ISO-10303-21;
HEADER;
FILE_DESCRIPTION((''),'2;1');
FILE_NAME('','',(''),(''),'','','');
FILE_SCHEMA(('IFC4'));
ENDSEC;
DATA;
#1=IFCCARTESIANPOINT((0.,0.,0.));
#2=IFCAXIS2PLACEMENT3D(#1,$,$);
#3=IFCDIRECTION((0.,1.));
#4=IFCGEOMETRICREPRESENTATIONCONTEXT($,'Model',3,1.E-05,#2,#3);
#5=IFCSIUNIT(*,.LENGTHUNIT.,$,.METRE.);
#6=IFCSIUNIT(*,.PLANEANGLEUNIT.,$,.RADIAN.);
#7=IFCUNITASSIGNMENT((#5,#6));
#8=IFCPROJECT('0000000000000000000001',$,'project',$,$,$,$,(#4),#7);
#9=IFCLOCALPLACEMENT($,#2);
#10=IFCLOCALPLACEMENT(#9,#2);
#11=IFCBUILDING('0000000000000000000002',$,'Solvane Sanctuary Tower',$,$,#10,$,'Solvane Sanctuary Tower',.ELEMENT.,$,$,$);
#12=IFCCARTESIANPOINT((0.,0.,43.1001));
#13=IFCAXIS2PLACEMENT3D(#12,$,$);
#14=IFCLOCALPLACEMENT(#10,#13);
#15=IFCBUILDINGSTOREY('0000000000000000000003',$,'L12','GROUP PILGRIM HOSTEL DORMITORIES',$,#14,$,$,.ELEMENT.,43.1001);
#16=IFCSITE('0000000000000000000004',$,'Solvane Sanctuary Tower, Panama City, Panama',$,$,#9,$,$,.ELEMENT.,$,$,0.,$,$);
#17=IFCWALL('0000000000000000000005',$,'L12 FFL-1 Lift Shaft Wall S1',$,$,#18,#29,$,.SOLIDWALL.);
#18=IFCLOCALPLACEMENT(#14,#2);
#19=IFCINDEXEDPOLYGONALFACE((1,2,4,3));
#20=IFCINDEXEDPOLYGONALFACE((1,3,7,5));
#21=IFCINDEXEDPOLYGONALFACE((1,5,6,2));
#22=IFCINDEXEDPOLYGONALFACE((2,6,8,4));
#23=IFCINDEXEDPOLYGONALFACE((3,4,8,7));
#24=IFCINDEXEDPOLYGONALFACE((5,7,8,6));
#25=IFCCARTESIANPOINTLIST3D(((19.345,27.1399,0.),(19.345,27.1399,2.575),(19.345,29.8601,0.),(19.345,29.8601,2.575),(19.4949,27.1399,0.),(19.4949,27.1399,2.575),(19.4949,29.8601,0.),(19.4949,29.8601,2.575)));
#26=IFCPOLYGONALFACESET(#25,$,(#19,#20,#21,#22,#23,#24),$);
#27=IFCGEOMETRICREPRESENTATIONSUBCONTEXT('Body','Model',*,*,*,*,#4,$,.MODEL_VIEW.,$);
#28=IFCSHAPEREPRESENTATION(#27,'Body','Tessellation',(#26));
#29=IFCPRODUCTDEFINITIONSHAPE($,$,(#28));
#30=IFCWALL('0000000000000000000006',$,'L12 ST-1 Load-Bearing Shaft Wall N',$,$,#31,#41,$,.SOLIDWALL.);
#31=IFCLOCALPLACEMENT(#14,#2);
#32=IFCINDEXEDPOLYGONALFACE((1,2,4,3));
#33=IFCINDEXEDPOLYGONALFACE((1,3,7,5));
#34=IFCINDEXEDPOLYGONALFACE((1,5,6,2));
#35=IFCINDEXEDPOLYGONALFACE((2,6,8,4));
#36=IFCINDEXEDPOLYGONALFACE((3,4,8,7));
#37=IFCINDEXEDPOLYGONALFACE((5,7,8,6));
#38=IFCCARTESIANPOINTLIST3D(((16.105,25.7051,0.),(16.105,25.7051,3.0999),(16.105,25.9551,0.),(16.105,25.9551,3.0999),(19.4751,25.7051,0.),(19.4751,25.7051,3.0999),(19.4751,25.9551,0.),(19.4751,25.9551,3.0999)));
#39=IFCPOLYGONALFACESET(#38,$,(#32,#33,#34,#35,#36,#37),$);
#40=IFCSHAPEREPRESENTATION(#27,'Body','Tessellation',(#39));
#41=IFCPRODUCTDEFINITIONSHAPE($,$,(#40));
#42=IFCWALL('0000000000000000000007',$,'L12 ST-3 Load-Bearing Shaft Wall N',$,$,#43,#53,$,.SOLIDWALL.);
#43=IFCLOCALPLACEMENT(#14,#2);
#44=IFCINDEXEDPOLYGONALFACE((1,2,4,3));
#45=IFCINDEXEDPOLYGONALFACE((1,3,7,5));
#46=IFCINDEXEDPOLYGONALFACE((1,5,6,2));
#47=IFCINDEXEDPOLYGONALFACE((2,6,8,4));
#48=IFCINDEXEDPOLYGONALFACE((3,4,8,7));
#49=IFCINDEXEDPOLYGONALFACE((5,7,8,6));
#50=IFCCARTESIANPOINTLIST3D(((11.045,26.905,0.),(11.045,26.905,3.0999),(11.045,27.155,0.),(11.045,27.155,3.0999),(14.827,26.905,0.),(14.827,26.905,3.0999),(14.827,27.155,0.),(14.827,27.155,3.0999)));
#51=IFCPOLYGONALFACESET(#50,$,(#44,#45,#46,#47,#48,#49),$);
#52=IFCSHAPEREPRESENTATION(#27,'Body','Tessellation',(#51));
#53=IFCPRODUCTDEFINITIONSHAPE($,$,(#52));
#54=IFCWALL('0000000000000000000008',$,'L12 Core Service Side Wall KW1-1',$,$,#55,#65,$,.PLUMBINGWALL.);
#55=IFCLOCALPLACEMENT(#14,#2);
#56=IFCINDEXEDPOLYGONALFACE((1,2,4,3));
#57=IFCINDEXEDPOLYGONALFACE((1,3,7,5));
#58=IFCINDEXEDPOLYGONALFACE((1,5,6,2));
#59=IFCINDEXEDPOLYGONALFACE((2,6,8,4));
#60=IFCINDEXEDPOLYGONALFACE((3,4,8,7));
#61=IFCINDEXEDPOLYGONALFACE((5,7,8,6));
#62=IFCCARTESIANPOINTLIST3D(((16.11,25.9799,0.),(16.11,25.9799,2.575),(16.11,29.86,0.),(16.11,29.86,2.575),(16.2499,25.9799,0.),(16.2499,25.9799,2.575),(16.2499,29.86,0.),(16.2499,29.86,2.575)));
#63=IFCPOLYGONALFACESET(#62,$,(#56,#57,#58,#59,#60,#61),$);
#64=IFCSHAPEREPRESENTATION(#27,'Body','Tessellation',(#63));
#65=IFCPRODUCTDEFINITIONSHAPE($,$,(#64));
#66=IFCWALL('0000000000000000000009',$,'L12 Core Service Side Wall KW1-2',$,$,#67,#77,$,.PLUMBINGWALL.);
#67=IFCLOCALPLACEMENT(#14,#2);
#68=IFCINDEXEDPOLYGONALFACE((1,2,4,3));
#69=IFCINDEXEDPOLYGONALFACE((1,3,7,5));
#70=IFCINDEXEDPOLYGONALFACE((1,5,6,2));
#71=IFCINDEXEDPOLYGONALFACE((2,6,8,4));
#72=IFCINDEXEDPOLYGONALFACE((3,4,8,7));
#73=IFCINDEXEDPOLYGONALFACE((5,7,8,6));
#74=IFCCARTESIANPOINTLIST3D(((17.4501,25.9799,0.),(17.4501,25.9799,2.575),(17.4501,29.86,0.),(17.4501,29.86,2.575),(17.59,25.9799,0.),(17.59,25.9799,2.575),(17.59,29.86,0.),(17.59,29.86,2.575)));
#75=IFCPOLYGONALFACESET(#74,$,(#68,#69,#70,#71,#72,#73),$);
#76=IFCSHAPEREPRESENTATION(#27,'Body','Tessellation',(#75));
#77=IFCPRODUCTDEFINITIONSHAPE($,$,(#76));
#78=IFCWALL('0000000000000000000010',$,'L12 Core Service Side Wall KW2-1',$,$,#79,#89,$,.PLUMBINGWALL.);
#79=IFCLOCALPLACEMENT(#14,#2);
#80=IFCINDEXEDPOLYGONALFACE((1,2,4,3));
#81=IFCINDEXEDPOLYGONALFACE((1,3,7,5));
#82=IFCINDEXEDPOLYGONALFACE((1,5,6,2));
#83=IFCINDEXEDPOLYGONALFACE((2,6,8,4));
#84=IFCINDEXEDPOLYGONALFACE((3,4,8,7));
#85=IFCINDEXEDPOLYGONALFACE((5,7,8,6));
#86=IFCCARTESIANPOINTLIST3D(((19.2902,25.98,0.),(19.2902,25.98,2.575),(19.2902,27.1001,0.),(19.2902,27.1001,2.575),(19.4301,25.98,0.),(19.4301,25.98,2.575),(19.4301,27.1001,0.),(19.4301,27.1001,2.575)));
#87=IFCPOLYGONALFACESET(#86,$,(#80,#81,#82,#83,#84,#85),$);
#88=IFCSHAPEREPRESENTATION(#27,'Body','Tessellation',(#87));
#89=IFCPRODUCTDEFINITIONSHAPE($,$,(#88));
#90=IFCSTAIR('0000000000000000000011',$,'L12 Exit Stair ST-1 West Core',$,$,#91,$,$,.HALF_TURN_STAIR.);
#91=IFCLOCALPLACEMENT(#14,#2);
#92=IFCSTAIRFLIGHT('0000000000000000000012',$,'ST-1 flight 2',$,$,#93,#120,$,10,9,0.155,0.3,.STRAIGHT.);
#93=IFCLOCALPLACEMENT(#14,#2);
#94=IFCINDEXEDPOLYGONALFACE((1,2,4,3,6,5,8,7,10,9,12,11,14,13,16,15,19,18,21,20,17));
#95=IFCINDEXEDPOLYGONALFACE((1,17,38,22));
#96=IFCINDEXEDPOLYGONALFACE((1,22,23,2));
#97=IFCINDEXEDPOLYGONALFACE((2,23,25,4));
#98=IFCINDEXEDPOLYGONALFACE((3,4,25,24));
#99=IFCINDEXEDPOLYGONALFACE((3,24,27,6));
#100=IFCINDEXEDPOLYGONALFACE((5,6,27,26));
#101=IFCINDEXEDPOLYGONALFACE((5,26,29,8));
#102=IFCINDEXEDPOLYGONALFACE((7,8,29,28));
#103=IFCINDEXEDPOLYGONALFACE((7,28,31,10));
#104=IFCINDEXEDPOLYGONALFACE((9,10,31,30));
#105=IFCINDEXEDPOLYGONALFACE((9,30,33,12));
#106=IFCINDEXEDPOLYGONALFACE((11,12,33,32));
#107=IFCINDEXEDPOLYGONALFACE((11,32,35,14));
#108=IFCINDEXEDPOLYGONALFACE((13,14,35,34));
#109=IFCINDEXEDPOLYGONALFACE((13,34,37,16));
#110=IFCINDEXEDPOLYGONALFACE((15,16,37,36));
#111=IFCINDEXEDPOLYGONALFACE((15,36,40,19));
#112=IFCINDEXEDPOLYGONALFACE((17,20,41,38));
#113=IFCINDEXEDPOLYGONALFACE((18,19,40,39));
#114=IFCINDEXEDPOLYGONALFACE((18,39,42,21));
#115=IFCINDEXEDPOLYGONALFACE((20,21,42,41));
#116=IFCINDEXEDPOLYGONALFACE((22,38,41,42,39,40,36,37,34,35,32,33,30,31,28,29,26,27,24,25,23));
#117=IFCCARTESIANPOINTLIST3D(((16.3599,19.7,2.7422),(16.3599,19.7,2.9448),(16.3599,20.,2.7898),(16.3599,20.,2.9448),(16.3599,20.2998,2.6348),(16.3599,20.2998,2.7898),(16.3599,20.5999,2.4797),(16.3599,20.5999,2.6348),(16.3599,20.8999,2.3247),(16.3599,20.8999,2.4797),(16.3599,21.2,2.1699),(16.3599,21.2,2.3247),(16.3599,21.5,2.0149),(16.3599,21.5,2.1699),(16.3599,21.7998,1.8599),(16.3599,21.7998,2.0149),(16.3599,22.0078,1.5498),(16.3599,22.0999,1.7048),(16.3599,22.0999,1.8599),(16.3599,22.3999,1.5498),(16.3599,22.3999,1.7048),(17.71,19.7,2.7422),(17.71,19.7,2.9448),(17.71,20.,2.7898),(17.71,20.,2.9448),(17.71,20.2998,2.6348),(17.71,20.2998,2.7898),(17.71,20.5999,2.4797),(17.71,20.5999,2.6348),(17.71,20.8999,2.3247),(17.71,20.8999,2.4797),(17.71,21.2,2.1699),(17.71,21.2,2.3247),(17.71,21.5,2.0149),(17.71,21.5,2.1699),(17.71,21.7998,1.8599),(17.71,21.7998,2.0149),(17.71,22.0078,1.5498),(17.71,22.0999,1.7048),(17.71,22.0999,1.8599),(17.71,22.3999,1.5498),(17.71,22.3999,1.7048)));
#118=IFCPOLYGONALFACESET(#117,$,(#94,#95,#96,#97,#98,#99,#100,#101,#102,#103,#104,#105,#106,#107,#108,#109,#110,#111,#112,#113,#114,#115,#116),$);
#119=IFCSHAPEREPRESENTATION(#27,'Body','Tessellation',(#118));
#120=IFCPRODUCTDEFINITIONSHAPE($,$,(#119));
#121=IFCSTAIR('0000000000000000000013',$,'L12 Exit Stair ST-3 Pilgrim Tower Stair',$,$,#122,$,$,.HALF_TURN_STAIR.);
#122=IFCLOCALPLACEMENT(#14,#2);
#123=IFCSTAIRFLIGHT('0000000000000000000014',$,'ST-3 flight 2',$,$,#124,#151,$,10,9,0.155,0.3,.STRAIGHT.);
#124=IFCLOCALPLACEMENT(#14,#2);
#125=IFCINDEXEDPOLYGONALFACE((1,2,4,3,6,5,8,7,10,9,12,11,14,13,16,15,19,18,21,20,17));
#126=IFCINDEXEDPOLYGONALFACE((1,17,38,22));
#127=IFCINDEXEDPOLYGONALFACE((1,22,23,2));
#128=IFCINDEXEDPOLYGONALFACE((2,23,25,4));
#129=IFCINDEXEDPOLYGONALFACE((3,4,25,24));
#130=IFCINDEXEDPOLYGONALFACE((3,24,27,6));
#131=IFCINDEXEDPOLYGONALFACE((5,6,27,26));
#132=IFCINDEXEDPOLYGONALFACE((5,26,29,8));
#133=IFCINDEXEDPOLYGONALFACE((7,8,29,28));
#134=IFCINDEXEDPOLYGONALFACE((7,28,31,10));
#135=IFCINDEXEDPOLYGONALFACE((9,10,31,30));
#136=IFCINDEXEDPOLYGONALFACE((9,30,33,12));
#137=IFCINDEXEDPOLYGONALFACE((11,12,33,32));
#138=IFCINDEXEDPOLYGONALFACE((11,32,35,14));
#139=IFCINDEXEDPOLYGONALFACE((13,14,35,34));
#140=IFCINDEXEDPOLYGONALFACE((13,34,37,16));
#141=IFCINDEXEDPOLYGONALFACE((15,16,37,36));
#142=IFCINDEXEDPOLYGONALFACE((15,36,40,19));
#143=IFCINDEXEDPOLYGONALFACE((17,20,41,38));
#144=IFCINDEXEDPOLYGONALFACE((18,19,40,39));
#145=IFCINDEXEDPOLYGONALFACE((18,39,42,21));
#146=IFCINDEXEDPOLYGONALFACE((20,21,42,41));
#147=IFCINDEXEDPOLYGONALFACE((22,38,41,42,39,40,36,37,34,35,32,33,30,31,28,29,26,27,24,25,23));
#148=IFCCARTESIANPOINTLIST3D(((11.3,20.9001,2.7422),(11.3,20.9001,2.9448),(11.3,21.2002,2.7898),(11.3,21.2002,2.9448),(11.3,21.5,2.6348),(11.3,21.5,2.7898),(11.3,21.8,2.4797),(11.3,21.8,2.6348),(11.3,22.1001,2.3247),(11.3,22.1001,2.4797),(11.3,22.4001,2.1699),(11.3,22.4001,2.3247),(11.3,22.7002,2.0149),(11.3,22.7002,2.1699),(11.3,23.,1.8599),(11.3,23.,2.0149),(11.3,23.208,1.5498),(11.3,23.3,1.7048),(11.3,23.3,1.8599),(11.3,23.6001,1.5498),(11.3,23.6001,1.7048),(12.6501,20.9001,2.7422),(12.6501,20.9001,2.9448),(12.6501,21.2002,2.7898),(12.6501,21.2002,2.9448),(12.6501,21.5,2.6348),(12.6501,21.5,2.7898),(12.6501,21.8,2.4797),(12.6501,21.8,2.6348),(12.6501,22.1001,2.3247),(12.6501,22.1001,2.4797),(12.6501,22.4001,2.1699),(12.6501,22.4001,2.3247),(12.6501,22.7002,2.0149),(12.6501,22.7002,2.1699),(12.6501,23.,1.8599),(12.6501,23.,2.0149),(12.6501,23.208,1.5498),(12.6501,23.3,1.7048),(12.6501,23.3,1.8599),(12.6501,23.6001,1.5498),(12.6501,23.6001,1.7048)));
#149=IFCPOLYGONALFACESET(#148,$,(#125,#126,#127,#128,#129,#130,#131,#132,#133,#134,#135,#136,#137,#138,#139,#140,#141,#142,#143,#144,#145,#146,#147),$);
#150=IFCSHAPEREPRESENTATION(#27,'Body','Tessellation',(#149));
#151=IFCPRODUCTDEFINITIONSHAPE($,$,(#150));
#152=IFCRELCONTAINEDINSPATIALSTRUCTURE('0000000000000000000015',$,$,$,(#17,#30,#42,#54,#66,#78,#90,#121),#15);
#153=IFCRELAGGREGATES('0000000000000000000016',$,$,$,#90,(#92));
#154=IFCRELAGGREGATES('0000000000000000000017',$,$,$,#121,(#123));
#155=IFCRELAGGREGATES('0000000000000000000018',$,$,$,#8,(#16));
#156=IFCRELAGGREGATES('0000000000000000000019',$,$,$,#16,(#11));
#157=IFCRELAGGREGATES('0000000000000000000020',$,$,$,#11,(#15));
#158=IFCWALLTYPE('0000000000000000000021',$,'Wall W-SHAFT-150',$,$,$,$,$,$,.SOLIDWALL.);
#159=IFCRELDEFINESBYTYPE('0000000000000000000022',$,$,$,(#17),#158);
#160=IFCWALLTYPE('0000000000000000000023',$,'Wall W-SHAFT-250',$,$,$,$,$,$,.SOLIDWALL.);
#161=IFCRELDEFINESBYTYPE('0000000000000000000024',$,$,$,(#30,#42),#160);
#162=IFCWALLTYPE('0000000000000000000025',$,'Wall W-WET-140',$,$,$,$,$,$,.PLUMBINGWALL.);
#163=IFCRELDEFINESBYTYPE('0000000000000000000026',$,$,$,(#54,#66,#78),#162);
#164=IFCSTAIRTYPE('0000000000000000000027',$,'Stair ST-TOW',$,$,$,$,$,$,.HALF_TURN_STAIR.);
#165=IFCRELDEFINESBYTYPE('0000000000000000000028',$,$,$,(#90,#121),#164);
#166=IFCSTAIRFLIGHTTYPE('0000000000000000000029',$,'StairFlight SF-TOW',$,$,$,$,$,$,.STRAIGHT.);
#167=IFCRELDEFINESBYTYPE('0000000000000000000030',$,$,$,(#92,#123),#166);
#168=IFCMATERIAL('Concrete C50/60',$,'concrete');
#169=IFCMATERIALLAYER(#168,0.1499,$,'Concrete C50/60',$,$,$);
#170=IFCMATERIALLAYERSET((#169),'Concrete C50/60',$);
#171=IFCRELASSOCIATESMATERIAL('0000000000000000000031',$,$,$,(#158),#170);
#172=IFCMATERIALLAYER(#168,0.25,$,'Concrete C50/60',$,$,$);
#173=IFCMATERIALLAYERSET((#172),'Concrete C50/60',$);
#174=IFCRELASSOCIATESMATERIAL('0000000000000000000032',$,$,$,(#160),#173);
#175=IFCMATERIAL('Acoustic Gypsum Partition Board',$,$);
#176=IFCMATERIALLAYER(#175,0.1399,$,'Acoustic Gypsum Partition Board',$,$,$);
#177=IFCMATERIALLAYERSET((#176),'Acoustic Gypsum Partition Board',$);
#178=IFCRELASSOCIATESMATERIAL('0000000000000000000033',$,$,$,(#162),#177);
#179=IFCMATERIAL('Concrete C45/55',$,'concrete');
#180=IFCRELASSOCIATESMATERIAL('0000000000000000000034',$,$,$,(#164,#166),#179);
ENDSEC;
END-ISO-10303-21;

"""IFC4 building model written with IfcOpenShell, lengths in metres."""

from ifc_helpers import new_model, si_unit, direction, frame, frame_2d, origin, place, context, subcontext, project, spatial, polyline, rectangle, outline, extrude, material, layer, layer_set, type_object, element, aggregate, save


model = new_model("IFC4")

# Units and contexts
model_context = context("Model", 3, precision=1e-05, world=origin(), true_north=direction((0.0, 1.0)))
body_context = subcontext(model_context, "Body", "Model", "MODEL_VIEW")
ifc_project = project(units=[si_unit("LENGTHUNIT", "METRE"), si_unit("PLANEANGLEUNIT", "RADIAN")], contexts=[model_context])

# Site, building, storey
site_placement = place(None, origin())
site = spatial("IfcSite", under=ifc_project, at=site_placement, Name="Solvane Sanctuary Tower, Panama City, Panama", CompositionType="ELEMENT", RefElevation=0.0)
building_placement = place(site_placement, origin())
building = spatial("IfcBuilding", under=site, at=building_placement, Name="Solvane Sanctuary Tower", LongName="Solvane Sanctuary Tower", CompositionType="ELEMENT")
storey_placement = place(building_placement, frame((0.0, 0.0, 43.1001)))
storey = spatial("IfcBuildingStorey", under=building, at=storey_placement, Name="L12", Description="GROUP PILGRIM HOSTEL DORMITORIES", CompositionType="ELEMENT", Elevation=43.1001)

# Shared definitions
ifc_material_1 = material(Name="Acoustic Gypsum Partition Board")

# Shared definitions
ifc_material_2 = material(Name="Concrete C50/60", Category="concrete")
ifc_layer_1 = layer(ifc_material_2, 0.1499, Name="Concrete C50/60")
ifc_layer_set_1 = layer_set([ifc_layer_1], Name="Concrete C50/60")
wall_type_1 = type_object("IfcWallType", Name="Wall W-SHAFT-150", PredefinedType="SOLIDWALL", material=ifc_layer_set_1)

# Walls
wall_1_placement = place(storey_placement, frame((19.4199, 27.1399, 0.0), z_axis=(0.0, 0.0, 1.0), x_axis=(0.0, 1.0, 0.0)))
element("IfcWall", 1, at=wall_1_placement, inside=storey, type_object=wall_type_1, Name="L12 FFL-1 Lift Shaft Wall S1", PredefinedType="SOLIDWALL", context=body_context, shape_type="SweptSolid", body=[
    extrude(rectangle(XDim=2.7202, YDim=0.1499, at=frame_2d((1.3601, 0.0))), origin(), (0.0, 0.0, 1.0), 2.575),
])
ifc_layer_2 = layer(ifc_material_2, 0.25, Name="Concrete C50/60")
ifc_layer_set_2 = layer_set([ifc_layer_2], Name="Concrete C50/60")
wall_type_2 = type_object("IfcWallType", Name="Wall W-SHAFT-250", PredefinedType="SOLIDWALL", material=ifc_layer_set_2)
wall_2_placement = place(storey_placement, frame((16.105, 25.8301, 0.0), z_axis=(0.0, 0.0, 1.0), x_axis=(1.0, 0.0, 0.0)))
element("IfcWall", 2, at=wall_2_placement, inside=storey, type_object=wall_type_2, Name="L12 ST-1 Load-Bearing Shaft Wall N", PredefinedType="SOLIDWALL", context=body_context, shape_type="SweptSolid", body=[
    extrude(rectangle(XDim=3.3701, YDim=0.25, at=frame_2d((1.6851, 0.0))), origin(), (0.0, 0.0, 1.0), 3.0999),
])
wall_3_placement = place(storey_placement, frame((11.0449, 27.03, 0.0), z_axis=(0.0, 0.0, 1.0), x_axis=(1.0, 0.0, 0.0)))
element("IfcWall", 3, at=wall_3_placement, inside=storey, type_object=wall_type_2, Name="L12 ST-3 Load-Bearing Shaft Wall N", PredefinedType="SOLIDWALL", context=body_context, shape_type="SweptSolid", body=[
    extrude(rectangle(XDim=3.782, YDim=0.25, at=frame_2d((1.8911, 0.0))), origin(), (0.0, 0.0, 1.0), 3.0999),
])
ifc_layer_3 = layer(ifc_material_1, 0.1399, Name="Acoustic Gypsum Partition Board")
ifc_layer_set_3 = layer_set([ifc_layer_3], Name="Acoustic Gypsum Partition Board")
wall_type_3 = type_object("IfcWallType", Name="Wall W-WET-140", PredefinedType="PLUMBINGWALL", material=ifc_layer_set_3)
for number, where, z_axis, x_axis, name in (
    (4, (16.1799, 25.98, 0.0), (0.0, 0.0, 1.0), (0.0, 1.0, 0.0), "L12 Core Service Side Wall KW1-1"),
    (5, (17.52, 25.98, 0.0), (0.0, 0.0, 1.0), (0.0, 1.0, 0.0), "L12 Core Service Side Wall KW1-2"),
):
    element("IfcWall", number, at=place(storey_placement, frame(where, z_axis=z_axis, x_axis=x_axis)), inside=storey, type_object=wall_type_3, Name=name, PredefinedType="PLUMBINGWALL", context=body_context, shape_type="SweptSolid", body=[
        extrude(rectangle(XDim=3.8801, YDim=0.1399, at=frame_2d((1.9399, 0.0))), origin(), (0.0, 0.0, 1.0), 2.575),
    ])
wall_4_placement = place(storey_placement, frame((19.3601, 25.98, 0.0), z_axis=(0.0, 0.0, 1.0), x_axis=(0.0, 1.0, 0.0)))
element("IfcWall", 6, at=wall_4_placement, inside=storey, type_object=wall_type_3, Name="L12 Core Service Side Wall KW2-1", PredefinedType="PLUMBINGWALL", context=body_context, shape_type="SweptSolid", body=[
    extrude(rectangle(XDim=1.1201, YDim=0.1399, at=frame_2d((0.5601, 0.0))), origin(), (0.0, 0.0, 1.0), 2.575),
])

# Stairs, stair flights
ifc_material_3 = material(Name="Concrete C45/55", Category="concrete")
stair_type = type_object("IfcStairType", Name="Stair ST-TOW", PredefinedType="HALF_TURN_STAIR", material=ifc_material_3)
stair_1_placement = place(storey_placement, origin())
stair_1 = element("IfcStair", 7, at=stair_1_placement, inside=storey, type_object=stair_type, Name="L12 Exit Stair ST-1 West Core", PredefinedType="HALF_TURN_STAIR")
stair_flight_type = type_object("IfcStairFlightType", Name="StairFlight SF-TOW", PredefinedType="STRAIGHT", material=ifc_material_3)
stair_flight_1_placement = place(storey_placement, frame((17.0349, 22.3999, 1.5498), z_axis=(0.0, 0.0, 1.0), x_axis=(0.0, -1.0, 0.0)))
stair_flight_1 = element("IfcStairFlight", 8, at=stair_flight_1_placement, type_object=stair_flight_type, Name="ST-1 flight 2", NumberOfRisers=10, NumberOfTreads=9, PredefinedType="STRAIGHT", RiserHeight=0.155, TreadLength=0.3, context=body_context, shape_type="SweptSolid", body=[
    extrude(outline(polyline([(0.0, 0.0), (0.0, 0.155), (0.3, 0.155), (0.3, 0.3101), (0.6001, 0.3101), (0.6001, 0.4651), (0.8999, 0.4651), (0.8999, 0.6201), (1.2, 0.6201), (1.2, 0.7749), (1.5, 0.7749), (1.5, 0.9299), (1.8, 0.9299), (1.8, 1.085), (2.1001, 1.085), (2.1001, 1.24), (2.3999, 1.24), (2.3999, 1.395), (2.7, 1.395), (2.7, 1.55), (2.7, 1.1924), (0.3921, 0.0), (0.0, 0.0)])), frame((0.0, 0.675, 0.0), z_axis=(0.0, -1.0, 0.0), x_axis=(1.0, 0.0, 0.0)), (0.0, 0.0, 1.0), 1.3501),
])
aggregate(stair_1, [stair_flight_1])
stair_2_placement = place(storey_placement, origin())
stair_2 = element("IfcStair", 9, at=stair_2_placement, inside=storey, type_object=stair_type, Name="L12 Exit Stair ST-3 Pilgrim Tower Stair", PredefinedType="HALF_TURN_STAIR")
stair_flight_2_placement = place(storey_placement, frame((11.9751, 23.6001, 1.5498), z_axis=(0.0, 0.0, 1.0), x_axis=(0.0, -1.0, 0.0)))
stair_flight_2 = element("IfcStairFlight", 10, at=stair_flight_2_placement, type_object=stair_flight_type, Name="ST-3 flight 2", NumberOfRisers=10, NumberOfTreads=9, PredefinedType="STRAIGHT", RiserHeight=0.155, TreadLength=0.3, context=body_context, shape_type="SweptSolid", body=[
    extrude(outline(polyline([(0.0, 0.0), (0.0, 0.155), (0.3, 0.155), (0.3, 0.3101), (0.6001, 0.3101), (0.6001, 0.4651), (0.8999, 0.4651), (0.8999, 0.6201), (1.2, 0.6201), (1.2, 0.7749), (1.5, 0.7749), (1.5, 0.9299), (1.8, 0.9299), (1.8, 1.085), (2.1001, 1.085), (2.1001, 1.24), (2.3999, 1.24), (2.3999, 1.395), (2.7, 1.395), (2.7, 1.55), (2.7, 1.1924), (0.3921, 0.0), (0.0, 0.0)])), frame((0.0, 0.675, 0.0), z_axis=(0.0, -1.0, 0.0), x_axis=(1.0, 0.0, 0.0)), (0.0, 0.0, 1.0), 1.3501),
])
aggregate(stair_2, [stair_flight_2])

save(model, "model.ifc")
